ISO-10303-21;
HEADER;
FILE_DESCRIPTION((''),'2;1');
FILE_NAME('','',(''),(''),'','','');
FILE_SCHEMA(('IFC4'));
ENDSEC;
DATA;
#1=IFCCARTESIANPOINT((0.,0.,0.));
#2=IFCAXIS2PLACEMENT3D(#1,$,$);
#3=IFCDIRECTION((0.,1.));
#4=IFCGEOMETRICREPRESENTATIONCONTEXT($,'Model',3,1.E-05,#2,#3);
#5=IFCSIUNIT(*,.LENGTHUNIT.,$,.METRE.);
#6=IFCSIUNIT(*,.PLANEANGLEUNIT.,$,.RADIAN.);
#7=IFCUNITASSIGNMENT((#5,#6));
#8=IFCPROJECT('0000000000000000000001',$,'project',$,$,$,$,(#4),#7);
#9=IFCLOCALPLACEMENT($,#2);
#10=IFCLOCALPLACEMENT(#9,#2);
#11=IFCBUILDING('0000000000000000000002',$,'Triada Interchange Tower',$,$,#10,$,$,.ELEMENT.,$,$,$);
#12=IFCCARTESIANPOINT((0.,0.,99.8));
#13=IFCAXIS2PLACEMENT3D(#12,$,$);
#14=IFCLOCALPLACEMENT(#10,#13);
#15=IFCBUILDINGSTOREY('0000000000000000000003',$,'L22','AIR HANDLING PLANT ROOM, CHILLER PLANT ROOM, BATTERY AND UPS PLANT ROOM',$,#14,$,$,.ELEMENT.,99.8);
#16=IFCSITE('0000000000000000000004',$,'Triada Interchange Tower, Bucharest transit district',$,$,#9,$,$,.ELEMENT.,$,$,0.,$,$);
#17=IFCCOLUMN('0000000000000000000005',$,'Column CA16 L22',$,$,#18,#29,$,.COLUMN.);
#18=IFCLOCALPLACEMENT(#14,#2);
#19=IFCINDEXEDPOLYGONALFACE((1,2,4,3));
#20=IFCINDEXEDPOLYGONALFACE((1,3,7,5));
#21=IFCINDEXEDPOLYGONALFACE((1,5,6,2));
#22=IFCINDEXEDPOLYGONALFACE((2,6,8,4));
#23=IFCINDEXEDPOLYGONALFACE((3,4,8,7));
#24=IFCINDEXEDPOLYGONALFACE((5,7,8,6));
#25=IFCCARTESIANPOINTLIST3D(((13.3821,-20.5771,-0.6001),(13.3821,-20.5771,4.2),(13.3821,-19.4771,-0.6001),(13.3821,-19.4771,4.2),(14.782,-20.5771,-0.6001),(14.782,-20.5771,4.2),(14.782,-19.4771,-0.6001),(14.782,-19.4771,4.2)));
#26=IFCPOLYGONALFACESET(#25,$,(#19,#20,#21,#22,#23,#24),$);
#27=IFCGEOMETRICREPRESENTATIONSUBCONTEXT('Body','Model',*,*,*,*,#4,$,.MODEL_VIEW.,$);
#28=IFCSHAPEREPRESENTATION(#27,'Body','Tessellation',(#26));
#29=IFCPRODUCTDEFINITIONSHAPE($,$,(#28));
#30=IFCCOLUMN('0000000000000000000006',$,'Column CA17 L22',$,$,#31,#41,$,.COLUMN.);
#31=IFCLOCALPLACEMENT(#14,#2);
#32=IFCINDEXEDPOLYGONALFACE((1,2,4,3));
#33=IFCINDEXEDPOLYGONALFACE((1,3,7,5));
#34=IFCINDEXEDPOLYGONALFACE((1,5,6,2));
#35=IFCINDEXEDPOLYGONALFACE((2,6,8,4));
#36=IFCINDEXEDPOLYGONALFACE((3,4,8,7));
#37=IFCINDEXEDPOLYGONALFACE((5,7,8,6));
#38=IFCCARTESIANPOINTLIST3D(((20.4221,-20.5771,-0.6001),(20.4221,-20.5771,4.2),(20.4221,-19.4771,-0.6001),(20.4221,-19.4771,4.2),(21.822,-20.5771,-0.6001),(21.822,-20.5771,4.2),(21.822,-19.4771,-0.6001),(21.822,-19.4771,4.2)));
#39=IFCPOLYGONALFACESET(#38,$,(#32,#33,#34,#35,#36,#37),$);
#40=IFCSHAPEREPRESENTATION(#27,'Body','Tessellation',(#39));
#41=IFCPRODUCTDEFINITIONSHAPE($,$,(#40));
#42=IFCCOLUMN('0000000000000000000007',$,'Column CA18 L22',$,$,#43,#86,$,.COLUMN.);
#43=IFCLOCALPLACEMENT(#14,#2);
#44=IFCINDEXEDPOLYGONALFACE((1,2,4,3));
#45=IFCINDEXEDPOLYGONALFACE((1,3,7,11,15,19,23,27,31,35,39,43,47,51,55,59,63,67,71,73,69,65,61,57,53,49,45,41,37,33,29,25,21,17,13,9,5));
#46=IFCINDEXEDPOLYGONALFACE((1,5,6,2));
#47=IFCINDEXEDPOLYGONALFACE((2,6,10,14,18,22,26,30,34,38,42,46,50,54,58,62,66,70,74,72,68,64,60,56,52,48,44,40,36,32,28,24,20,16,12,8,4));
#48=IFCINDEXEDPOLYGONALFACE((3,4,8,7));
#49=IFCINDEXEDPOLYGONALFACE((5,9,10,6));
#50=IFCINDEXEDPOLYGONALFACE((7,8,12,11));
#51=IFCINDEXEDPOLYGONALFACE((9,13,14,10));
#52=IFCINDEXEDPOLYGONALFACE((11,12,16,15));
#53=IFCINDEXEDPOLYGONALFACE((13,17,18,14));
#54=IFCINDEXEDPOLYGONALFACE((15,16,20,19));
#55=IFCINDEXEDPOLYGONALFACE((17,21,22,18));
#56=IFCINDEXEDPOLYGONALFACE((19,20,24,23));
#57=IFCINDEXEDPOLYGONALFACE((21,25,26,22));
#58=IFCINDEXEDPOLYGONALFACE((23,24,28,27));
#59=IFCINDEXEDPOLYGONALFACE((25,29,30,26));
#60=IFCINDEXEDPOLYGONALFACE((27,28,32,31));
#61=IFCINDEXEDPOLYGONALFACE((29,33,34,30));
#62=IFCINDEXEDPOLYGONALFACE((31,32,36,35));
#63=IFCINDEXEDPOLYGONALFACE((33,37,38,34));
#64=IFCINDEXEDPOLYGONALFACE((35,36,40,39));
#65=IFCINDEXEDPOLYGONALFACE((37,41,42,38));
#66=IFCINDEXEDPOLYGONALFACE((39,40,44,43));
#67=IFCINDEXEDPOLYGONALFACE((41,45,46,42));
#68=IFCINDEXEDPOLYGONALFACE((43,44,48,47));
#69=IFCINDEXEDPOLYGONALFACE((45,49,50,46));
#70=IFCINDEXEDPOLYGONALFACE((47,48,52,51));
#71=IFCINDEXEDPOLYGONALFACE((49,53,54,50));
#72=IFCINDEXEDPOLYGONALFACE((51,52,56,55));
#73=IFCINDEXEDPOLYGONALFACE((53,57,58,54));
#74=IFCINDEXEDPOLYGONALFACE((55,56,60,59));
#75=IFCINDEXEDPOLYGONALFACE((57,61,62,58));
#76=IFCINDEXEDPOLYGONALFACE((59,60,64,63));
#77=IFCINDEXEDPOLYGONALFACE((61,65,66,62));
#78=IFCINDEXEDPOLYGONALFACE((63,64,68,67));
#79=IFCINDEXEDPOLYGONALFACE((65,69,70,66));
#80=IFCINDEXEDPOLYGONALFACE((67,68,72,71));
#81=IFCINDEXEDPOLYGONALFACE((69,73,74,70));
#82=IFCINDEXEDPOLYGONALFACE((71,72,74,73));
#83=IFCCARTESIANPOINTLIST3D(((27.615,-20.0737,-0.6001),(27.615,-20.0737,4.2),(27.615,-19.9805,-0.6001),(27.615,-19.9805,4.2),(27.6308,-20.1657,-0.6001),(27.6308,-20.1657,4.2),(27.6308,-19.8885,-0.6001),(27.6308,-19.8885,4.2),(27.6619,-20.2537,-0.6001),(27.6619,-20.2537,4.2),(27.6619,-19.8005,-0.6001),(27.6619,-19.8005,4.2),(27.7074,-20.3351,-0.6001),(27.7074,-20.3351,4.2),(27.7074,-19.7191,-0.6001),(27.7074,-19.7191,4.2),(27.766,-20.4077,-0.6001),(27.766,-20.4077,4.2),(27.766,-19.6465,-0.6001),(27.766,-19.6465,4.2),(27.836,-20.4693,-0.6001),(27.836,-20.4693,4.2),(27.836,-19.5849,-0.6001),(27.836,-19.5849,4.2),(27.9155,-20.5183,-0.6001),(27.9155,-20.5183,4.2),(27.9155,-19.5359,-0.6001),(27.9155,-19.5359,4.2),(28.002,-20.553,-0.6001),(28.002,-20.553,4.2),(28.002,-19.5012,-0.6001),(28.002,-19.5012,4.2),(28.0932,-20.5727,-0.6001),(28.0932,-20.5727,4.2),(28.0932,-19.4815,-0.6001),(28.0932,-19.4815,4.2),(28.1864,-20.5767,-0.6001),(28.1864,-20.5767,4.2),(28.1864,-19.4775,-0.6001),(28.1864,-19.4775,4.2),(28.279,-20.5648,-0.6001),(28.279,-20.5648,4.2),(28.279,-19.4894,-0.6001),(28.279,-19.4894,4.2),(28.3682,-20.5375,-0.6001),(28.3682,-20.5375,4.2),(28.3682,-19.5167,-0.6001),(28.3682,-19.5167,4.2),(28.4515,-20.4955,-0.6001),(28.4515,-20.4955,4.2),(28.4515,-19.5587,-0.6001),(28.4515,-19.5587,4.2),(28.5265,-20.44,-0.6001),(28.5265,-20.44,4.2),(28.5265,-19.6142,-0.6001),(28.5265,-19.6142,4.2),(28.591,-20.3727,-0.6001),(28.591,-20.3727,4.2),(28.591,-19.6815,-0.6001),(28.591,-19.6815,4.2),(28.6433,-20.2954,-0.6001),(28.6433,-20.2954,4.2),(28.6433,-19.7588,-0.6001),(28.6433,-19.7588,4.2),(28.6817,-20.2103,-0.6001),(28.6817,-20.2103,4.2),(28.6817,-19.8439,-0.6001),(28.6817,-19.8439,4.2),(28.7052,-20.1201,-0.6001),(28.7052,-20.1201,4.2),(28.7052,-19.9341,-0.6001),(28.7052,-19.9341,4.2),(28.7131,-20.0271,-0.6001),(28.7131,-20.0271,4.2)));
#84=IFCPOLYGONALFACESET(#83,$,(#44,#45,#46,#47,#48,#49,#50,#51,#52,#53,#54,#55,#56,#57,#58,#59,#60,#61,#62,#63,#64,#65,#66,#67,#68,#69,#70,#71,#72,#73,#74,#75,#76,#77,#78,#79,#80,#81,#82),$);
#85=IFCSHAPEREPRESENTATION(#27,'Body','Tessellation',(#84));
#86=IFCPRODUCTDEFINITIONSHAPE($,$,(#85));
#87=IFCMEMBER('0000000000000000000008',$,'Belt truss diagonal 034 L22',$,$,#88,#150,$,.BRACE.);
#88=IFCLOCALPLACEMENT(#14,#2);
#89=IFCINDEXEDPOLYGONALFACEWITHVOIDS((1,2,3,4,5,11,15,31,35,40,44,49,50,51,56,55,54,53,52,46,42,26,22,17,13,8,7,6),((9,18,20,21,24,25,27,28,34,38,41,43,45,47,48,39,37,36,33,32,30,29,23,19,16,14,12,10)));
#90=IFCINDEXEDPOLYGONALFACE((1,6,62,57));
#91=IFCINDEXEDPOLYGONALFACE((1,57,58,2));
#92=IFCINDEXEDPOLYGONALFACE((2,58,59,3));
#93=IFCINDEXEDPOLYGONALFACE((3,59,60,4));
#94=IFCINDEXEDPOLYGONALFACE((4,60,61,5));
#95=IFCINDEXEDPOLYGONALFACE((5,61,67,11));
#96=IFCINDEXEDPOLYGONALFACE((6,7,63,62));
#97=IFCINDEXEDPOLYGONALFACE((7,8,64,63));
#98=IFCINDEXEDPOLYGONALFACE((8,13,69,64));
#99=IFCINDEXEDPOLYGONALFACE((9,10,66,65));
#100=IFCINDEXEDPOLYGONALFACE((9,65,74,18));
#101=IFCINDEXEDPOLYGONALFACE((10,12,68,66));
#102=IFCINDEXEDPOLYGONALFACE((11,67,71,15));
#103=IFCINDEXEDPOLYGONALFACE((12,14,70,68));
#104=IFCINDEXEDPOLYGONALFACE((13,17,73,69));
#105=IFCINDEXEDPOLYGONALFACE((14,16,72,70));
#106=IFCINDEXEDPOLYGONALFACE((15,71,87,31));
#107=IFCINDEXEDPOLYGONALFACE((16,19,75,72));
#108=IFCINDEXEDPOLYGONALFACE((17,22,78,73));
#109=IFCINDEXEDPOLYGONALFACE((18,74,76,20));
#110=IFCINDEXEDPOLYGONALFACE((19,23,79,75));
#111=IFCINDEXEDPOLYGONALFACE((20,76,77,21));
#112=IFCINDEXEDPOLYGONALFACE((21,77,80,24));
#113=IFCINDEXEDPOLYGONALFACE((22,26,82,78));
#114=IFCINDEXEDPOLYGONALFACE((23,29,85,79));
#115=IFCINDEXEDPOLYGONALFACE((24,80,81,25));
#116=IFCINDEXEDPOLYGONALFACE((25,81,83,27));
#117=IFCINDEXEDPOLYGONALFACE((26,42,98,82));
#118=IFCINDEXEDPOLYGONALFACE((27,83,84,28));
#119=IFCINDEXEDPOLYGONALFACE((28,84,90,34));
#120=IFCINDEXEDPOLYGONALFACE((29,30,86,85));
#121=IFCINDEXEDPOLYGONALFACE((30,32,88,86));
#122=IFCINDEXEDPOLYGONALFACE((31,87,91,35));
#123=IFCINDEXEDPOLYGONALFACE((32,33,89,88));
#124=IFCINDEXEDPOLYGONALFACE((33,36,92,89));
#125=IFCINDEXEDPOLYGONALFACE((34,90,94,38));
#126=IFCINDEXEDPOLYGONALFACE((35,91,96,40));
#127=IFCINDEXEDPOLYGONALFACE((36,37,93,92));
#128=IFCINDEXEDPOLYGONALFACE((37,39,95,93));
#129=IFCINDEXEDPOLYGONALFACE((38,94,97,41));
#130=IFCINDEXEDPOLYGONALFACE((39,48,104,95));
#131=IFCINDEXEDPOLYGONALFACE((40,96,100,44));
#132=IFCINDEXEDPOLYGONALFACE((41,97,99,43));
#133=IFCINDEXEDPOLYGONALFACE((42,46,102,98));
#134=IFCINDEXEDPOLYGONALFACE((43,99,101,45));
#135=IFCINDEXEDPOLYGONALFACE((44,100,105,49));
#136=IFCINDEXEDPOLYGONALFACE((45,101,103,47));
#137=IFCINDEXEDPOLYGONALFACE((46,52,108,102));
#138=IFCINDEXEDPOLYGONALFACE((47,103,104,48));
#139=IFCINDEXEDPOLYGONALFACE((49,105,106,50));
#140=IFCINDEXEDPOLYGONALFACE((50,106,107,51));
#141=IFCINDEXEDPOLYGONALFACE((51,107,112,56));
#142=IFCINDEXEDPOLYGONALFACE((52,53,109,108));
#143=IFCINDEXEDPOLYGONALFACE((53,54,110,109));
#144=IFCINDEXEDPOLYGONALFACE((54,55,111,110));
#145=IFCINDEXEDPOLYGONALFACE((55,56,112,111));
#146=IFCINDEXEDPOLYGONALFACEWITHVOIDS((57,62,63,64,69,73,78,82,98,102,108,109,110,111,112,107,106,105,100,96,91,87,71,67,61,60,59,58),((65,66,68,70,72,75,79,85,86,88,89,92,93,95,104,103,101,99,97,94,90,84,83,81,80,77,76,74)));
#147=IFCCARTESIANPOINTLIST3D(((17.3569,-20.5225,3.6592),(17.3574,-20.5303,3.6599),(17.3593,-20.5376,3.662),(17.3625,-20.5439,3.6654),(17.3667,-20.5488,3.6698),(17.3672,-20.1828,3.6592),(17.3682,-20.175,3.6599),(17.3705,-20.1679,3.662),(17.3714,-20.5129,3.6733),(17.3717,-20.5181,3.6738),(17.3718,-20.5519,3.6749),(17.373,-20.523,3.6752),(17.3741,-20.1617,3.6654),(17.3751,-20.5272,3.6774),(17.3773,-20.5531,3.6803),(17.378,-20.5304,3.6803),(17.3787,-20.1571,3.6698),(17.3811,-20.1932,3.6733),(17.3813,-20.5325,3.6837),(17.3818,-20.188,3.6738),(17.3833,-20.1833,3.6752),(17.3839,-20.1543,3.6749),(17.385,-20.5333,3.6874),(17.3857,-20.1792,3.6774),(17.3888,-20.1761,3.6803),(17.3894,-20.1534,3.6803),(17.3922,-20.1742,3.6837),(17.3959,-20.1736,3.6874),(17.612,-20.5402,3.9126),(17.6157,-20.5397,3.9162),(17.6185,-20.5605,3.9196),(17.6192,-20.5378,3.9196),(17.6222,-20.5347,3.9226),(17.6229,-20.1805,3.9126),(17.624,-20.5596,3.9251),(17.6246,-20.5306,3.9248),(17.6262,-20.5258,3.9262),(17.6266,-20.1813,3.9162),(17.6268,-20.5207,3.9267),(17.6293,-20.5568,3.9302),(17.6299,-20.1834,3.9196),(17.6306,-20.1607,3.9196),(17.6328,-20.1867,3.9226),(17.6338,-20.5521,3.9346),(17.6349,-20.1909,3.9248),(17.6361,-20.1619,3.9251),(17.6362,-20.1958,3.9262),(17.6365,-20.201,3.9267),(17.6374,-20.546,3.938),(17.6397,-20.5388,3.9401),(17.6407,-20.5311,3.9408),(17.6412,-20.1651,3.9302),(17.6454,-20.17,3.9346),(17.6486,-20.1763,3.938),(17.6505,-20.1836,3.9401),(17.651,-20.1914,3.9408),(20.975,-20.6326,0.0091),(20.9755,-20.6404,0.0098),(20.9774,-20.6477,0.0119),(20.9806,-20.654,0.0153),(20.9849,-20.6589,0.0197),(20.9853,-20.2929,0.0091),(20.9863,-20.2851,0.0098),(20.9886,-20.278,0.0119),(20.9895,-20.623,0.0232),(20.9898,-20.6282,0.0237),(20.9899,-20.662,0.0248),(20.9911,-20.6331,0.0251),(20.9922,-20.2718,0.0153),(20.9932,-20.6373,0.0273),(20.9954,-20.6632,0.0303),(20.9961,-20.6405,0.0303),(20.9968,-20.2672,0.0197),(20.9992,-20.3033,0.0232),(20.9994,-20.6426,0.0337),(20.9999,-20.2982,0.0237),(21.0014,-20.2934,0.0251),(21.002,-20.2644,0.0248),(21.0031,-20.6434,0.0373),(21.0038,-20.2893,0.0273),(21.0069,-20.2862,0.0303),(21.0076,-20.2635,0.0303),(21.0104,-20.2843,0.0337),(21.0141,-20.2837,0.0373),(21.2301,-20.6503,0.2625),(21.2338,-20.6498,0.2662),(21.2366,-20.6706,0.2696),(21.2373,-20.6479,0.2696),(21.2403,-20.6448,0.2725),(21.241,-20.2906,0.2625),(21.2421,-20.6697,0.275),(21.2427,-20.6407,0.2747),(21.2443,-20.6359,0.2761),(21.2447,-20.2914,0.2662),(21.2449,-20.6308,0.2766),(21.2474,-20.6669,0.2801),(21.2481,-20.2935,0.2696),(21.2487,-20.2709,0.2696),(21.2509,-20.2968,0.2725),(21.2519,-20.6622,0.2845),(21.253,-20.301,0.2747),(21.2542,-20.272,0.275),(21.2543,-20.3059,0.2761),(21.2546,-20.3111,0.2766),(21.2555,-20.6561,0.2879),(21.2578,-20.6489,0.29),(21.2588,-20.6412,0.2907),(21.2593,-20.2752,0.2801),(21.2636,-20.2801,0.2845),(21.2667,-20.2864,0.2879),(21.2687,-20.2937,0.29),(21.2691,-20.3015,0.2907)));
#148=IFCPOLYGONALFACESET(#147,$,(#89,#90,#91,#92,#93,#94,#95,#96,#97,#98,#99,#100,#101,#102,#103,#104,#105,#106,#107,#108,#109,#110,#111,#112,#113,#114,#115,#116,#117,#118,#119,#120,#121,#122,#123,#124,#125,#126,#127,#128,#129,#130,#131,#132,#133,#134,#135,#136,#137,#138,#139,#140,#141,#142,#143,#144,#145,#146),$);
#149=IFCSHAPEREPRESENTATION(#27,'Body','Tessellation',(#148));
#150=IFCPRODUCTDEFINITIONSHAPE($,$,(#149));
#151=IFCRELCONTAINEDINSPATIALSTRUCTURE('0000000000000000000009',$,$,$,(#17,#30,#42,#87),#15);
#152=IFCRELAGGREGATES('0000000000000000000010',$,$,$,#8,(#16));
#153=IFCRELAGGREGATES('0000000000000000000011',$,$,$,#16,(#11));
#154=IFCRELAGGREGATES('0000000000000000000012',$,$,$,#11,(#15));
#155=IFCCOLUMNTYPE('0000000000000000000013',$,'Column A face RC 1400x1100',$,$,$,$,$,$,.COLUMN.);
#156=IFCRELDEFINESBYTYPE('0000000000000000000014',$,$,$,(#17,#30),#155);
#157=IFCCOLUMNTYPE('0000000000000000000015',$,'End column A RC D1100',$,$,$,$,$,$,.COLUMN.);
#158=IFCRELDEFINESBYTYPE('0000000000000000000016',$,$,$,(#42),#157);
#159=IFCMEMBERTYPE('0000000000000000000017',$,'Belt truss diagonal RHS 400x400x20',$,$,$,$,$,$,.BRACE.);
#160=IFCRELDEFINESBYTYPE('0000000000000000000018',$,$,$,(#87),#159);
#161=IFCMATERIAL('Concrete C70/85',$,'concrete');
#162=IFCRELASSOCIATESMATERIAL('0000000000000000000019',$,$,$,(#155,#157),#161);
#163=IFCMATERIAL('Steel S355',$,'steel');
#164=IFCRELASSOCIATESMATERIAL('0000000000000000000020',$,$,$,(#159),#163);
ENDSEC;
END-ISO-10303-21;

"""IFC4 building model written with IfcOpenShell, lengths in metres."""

from ifc_helpers import new_model, si_unit, direction, frame, origin, origin_2d, place, context, subcontext, project, spatial, rectangle, hollow_rectangle, circle, extrude, material, material_profile, profile_set, type_object, element, save


model = new_model("IFC4")

# Units and contexts
model_context = context("Model", 3, precision=1e-05, world=origin(), true_north=direction((0.0, 1.0)))
body_context = subcontext(model_context, "Body", "Model", "MODEL_VIEW")
ifc_project = project(units=[si_unit("LENGTHUNIT", "METRE"), si_unit("PLANEANGLEUNIT", "RADIAN")], contexts=[model_context])

# Site, building, storey
site_placement = place(None, origin())
site = spatial("IfcSite", under=ifc_project, at=site_placement, Name="Triada Interchange Tower, Bucharest transit district", CompositionType="ELEMENT", RefElevation=0.0)
building_placement = place(site_placement, origin())
building = spatial("IfcBuilding", under=site, at=building_placement, Name="Triada Interchange Tower", CompositionType="ELEMENT")
storey_placement = place(building_placement, frame((0.0, 0.0, 99.8)))
storey = spatial("IfcBuildingStorey", under=building, at=storey_placement, Name="L22", Description="AIR HANDLING PLANT ROOM, CHILLER PLANT ROOM, BATTERY AND UPS PLANT ROOM", CompositionType="ELEMENT", Elevation=99.8)

# Columns
ifc_material_1 = material(Name="Concrete C70/85", Category="concrete")
ifc_material_profile_1 = material_profile(ifc_material_1, rectangle(XDim=1.3999, YDim=1.1001, at=origin_2d()), Name="RC 1400x1100")
ifc_profile_set_1 = profile_set([ifc_material_profile_1], Name="Concrete C70/85")
column_type_1 = type_object("IfcColumnType", Name="Column A face RC 1400x1100", PredefinedType="COLUMN", material=ifc_profile_set_1)
for number, where, z_axis, x_axis, name in (
    (1, (14.082, -20.0271, -0.6001), (0.0, 0.0, 1.0), (1.0, 0.0, 0.0), "Column CA16 L22"),
    (2, (21.1221, -20.0271, -0.6001), (0.0, 0.0, 1.0), (1.0, 0.0, 0.0), "Column CA17 L22"),
):
    element("IfcColumn", number, at=place(storey_placement, frame(where, z_axis=z_axis, x_axis=x_axis)), inside=storey, type_object=column_type_1, Name=name, PredefinedType="COLUMN", context=body_context, shape_type="SweptSolid", body=[
        extrude(rectangle(XDim=1.3999, YDim=1.1001, at=origin_2d()), origin(), (0.0, 0.0, 1.0), 4.8),
    ])
ifc_material_profile_2 = material_profile(ifc_material_1, circle(Radius=0.55, at=origin_2d()), Name="RC D1100")
ifc_profile_set_2 = profile_set([ifc_material_profile_2], Name="Concrete C70/85")
column_type_2 = type_object("IfcColumnType", Name="End column A RC D1100", PredefinedType="COLUMN", material=ifc_profile_set_2)
column_placement = place(storey_placement, frame((28.1631, -20.0271, -0.6001), z_axis=(0.0, 0.0, 1.0), x_axis=(1.0, 0.0, 0.0)))
element("IfcColumn", 3, at=column_placement, inside=storey, type_object=column_type_2, Name="Column CA18 L22", PredefinedType="COLUMN", context=body_context, shape_type="SweptSolid", body=[
    extrude(circle(Radius=0.55, at=origin_2d()), origin(), (0.0, 0.0, 1.0), 4.8),
])

# Member
ifc_material_2 = material(Name="Steel S355", Category="steel")
ifc_material_profile_3 = material_profile(ifc_material_2, hollow_rectangle(XDim=0.3999, YDim=0.3999, WallThickness=0.02, InnerFilletRadius=0.02, OuterFilletRadius=0.03, at=origin_2d()), Name="RHS 400x400x20")
ifc_profile_set_3 = profile_set([ifc_material_profile_3], Name="Steel S355")
member_type = type_object("IfcMemberType", Name="Belt truss diagonal RHS 400x400x20", PredefinedType="BRACE", material=ifc_profile_set_3)
member_1_placement = place(storey_placement, frame((21.1221, -20.467, 0.1499), z_axis=(-0.703827, 0.021419, 0.710048), x_axis=(-0.030418, -0.999537, 0.0)))
element("IfcMember", 4, at=member_1_placement, inside=storey, type_object=member_type, Name="Belt truss diagonal 034 L22", PredefinedType="BRACE", context=body_context, shape_type="SweptSolid", body=[
    extrude(hollow_rectangle(XDim=0.3999, YDim=0.3999, WallThickness=0.02, InnerFilletRadius=0.02, OuterFilletRadius=0.03, at=origin_2d()), origin(), (0.0, 0.0, 1.0), 5.1406),
])

save(model, "model.ifc")
